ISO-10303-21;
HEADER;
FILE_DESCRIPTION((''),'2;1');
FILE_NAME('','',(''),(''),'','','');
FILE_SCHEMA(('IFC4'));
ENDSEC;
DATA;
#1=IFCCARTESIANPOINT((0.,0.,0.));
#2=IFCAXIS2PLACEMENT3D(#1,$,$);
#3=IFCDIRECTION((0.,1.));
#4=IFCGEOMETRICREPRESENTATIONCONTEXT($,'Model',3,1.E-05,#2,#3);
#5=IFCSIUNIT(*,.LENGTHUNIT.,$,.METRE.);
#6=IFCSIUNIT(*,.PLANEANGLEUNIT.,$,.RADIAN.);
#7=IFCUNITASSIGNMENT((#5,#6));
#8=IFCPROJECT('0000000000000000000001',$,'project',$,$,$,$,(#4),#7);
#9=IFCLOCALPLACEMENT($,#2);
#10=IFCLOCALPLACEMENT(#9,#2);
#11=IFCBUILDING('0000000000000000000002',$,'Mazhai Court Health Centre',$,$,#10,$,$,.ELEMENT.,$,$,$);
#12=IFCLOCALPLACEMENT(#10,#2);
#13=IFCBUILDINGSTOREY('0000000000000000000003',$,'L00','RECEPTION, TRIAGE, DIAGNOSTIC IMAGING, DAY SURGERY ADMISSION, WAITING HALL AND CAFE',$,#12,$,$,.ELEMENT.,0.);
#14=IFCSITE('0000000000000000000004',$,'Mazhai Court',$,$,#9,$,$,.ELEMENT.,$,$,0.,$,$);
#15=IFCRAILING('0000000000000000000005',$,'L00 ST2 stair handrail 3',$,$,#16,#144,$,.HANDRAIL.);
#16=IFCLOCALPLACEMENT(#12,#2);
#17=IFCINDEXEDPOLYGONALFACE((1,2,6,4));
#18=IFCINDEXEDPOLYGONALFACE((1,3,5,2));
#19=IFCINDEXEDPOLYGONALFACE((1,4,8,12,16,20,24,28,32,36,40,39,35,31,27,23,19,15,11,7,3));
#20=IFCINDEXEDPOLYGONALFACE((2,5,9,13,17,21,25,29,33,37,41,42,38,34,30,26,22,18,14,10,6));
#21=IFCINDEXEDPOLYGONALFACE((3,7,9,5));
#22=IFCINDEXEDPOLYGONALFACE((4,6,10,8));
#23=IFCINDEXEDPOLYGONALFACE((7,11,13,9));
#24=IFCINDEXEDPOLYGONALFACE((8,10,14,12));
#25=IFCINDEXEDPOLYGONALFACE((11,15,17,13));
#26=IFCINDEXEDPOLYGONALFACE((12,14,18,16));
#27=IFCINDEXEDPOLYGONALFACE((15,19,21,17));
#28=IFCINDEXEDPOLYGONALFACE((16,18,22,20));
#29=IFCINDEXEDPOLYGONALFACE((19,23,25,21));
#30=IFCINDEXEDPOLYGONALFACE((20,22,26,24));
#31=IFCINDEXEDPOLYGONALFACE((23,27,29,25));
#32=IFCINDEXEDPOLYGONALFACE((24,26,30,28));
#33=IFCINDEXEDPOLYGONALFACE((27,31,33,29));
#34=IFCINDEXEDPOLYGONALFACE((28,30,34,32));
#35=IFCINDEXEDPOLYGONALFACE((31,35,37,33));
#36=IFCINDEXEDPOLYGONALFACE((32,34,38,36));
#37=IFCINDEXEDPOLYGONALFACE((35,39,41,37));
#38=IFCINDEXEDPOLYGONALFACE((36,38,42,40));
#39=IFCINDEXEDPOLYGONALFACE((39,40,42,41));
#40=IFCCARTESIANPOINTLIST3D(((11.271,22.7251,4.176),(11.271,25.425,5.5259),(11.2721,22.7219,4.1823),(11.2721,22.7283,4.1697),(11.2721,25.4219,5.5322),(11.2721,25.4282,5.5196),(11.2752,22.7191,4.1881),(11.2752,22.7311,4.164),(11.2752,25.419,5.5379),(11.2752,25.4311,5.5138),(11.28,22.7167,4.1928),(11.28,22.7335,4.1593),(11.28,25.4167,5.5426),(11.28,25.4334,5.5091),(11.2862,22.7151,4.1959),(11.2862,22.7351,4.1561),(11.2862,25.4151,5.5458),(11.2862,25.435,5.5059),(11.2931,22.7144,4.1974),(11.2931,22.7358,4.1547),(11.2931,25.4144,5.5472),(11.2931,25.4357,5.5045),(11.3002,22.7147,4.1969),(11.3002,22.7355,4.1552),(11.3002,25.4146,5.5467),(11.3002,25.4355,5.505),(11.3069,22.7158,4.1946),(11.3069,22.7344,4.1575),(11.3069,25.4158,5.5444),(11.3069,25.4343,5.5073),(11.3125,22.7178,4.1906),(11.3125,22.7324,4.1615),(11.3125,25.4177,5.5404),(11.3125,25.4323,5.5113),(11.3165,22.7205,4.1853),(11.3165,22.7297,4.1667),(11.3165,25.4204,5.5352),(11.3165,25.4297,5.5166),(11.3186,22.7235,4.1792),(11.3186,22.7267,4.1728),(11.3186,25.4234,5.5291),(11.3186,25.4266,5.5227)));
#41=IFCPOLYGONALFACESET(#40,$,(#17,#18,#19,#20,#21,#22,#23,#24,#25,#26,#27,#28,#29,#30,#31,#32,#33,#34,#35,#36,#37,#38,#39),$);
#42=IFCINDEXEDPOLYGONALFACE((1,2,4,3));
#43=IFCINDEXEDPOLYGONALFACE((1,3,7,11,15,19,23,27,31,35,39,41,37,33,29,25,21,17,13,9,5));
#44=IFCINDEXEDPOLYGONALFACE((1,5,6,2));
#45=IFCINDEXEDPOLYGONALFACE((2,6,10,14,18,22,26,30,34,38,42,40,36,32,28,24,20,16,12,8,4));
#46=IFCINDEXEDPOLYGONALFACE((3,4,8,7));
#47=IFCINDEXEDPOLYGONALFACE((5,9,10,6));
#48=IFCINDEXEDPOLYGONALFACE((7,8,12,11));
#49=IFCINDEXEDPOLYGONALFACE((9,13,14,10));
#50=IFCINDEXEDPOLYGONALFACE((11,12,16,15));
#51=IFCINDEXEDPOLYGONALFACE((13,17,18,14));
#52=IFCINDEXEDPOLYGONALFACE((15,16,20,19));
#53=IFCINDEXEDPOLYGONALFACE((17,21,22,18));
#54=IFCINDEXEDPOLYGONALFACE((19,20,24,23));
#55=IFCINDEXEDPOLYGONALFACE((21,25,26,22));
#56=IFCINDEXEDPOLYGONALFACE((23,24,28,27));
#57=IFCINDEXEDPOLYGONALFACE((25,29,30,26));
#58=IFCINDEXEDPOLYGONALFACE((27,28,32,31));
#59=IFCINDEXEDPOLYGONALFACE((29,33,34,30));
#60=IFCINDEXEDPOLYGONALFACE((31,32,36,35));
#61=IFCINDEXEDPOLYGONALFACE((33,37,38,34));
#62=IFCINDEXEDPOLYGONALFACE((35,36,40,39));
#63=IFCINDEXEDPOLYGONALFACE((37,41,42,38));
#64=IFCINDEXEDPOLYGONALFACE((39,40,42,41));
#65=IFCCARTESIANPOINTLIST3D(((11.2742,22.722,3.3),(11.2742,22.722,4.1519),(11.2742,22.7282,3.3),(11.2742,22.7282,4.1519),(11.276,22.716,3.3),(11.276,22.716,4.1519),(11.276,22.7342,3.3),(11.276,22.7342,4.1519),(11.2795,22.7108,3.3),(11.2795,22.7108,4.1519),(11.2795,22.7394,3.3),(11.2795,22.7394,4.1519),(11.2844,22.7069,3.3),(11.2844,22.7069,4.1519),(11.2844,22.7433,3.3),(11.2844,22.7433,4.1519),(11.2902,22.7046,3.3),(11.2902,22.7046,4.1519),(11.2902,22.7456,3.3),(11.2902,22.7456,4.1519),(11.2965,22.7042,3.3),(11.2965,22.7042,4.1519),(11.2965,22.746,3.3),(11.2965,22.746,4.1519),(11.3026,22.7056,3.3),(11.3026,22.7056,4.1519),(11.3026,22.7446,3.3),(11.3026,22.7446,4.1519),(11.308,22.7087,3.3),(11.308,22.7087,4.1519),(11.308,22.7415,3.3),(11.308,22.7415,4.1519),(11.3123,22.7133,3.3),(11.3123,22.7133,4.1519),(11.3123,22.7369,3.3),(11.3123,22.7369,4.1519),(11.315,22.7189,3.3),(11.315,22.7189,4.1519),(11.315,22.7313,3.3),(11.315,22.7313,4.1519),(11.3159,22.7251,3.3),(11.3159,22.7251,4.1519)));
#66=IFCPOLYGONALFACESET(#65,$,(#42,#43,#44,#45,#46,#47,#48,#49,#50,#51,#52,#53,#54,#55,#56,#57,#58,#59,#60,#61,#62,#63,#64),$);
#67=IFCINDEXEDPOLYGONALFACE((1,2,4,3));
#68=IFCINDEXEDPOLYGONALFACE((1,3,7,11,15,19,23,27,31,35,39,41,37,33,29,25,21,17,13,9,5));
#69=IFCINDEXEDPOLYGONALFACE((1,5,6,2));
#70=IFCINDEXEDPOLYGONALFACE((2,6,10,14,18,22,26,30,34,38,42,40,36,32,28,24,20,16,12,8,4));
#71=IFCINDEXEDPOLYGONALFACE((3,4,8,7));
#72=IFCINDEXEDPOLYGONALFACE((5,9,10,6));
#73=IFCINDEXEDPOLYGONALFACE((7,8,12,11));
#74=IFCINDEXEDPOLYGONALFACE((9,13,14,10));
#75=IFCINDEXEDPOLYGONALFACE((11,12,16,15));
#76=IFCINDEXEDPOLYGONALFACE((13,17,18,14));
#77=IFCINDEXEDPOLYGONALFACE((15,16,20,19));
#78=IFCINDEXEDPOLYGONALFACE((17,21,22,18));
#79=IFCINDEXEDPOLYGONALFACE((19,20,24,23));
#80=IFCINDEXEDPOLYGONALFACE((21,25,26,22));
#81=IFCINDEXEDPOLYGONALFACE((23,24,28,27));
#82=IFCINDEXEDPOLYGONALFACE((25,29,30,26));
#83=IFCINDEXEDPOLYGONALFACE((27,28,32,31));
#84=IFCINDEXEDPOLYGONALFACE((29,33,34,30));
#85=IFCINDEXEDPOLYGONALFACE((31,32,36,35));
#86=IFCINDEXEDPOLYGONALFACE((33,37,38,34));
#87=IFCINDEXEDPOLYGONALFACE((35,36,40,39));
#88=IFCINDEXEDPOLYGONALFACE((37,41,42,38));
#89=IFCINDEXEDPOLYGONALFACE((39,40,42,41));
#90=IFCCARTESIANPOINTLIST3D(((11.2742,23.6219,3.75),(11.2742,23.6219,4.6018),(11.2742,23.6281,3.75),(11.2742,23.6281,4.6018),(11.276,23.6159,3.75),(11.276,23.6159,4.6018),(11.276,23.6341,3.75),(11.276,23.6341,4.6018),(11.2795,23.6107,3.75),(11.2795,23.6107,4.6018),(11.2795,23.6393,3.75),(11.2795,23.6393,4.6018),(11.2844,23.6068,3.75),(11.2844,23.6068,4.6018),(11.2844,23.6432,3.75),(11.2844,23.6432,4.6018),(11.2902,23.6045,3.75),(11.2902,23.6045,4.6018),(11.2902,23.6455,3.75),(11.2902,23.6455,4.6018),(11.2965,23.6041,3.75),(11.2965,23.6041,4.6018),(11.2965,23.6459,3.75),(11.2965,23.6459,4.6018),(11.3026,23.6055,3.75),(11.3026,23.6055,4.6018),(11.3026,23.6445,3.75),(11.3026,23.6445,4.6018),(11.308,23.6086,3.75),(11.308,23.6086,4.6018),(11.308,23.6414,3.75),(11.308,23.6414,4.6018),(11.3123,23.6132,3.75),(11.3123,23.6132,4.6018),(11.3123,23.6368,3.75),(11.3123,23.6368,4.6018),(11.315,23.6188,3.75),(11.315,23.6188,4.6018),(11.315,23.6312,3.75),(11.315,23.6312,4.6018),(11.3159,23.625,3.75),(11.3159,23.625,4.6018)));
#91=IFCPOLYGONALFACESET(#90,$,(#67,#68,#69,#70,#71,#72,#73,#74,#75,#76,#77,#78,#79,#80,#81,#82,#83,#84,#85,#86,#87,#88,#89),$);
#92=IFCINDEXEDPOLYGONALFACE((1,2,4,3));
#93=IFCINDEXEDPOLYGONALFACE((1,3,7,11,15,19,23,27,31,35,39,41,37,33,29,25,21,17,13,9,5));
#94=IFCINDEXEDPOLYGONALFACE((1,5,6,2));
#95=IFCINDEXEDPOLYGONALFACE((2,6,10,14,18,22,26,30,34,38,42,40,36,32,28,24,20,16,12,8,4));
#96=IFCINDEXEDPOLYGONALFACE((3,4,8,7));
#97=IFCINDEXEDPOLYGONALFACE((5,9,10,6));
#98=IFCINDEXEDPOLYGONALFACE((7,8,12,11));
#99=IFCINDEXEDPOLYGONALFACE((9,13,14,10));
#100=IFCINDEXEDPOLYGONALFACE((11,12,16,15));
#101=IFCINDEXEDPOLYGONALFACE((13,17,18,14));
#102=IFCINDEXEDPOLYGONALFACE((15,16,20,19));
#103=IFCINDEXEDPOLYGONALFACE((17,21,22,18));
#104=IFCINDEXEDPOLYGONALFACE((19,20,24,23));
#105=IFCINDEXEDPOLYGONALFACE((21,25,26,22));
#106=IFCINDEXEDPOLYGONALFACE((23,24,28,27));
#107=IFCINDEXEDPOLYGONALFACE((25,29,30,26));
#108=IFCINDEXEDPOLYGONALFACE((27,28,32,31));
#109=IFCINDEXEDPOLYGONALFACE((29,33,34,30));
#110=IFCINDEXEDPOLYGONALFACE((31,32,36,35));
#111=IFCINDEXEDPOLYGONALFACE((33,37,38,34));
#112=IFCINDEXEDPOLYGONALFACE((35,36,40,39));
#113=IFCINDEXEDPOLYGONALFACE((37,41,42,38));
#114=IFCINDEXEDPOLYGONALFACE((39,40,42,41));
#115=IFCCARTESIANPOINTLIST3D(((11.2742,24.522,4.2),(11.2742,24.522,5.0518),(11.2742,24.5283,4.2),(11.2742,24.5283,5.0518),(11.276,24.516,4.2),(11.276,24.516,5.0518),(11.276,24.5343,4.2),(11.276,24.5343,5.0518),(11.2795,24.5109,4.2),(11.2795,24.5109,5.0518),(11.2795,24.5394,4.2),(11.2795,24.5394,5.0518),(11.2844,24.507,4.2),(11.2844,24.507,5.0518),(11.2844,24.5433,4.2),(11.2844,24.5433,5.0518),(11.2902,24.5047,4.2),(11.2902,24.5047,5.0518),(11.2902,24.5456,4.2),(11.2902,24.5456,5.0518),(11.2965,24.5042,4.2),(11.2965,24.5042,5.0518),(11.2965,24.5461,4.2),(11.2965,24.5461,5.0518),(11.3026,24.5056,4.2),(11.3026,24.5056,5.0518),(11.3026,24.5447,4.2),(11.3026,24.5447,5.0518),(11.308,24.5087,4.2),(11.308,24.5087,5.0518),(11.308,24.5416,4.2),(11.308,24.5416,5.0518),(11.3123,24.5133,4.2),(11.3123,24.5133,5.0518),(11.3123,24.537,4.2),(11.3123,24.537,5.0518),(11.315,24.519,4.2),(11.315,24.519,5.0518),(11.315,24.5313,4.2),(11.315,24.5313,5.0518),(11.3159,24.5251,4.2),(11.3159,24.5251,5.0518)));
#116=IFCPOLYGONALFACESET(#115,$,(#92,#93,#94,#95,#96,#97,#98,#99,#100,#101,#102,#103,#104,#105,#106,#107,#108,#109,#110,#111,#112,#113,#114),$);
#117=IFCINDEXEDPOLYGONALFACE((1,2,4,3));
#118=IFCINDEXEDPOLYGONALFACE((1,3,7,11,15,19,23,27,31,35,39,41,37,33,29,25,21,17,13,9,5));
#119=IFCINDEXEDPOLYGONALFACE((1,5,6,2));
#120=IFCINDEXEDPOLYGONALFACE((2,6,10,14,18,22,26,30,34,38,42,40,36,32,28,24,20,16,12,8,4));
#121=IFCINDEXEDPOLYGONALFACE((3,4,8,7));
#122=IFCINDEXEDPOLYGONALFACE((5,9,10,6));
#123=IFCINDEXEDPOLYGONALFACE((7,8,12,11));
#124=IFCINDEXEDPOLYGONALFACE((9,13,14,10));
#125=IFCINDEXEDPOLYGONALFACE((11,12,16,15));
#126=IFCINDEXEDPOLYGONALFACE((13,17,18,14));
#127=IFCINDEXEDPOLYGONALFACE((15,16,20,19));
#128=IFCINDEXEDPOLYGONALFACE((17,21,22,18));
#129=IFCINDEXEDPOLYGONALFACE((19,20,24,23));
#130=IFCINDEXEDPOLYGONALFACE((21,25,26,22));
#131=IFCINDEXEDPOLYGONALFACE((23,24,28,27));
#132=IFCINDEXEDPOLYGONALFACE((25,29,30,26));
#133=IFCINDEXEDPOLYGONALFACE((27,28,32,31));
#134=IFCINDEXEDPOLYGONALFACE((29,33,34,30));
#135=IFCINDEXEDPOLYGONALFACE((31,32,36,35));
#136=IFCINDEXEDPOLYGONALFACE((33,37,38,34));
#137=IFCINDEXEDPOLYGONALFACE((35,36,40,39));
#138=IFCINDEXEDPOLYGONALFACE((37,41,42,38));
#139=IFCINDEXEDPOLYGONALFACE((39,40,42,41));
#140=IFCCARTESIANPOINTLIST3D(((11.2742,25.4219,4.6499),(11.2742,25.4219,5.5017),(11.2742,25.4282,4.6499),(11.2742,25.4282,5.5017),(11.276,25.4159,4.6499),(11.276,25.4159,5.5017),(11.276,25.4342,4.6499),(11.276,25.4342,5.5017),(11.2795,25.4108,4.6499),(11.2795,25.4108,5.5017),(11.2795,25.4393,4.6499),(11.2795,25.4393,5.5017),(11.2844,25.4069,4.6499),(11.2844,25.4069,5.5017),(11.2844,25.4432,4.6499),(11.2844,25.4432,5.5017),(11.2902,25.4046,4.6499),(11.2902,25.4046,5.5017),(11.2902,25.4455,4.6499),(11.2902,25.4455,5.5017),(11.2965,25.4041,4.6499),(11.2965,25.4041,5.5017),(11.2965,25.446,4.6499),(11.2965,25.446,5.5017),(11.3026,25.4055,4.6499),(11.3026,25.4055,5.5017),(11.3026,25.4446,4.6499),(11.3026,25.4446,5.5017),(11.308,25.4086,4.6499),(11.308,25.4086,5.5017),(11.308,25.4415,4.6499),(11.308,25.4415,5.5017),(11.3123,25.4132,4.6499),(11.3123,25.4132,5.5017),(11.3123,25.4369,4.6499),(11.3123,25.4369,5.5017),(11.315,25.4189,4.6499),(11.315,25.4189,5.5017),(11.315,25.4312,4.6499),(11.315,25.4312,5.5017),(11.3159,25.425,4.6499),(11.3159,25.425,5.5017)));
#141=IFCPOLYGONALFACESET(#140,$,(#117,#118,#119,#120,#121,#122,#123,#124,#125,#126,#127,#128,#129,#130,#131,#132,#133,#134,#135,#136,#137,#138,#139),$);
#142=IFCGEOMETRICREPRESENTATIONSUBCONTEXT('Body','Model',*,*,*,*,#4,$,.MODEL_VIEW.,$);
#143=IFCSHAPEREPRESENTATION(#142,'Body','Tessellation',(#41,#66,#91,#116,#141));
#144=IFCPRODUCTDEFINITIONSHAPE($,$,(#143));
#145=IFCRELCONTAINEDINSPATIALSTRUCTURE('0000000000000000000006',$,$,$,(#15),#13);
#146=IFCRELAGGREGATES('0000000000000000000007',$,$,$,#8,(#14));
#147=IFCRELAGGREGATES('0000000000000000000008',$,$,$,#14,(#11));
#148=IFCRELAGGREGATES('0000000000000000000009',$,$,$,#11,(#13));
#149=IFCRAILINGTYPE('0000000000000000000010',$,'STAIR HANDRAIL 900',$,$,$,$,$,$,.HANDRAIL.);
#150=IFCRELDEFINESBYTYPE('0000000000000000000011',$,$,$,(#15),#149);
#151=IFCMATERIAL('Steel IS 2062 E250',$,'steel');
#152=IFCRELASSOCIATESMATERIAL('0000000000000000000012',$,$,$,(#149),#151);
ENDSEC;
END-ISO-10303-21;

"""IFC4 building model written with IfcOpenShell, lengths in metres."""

from ifc_helpers import new_model, si_unit, direction, frame, origin, origin_2d, place, context, subcontext, project, spatial, circle, extrude, material, type_object, element, save


model = new_model("IFC4")

# Units and contexts
model_context = context("Model", 3, precision=1e-05, world=origin(), true_north=direction((0.0, 1.0)))
body_context = subcontext(model_context, "Body", "Model", "MODEL_VIEW")
ifc_project = project(units=[si_unit("LENGTHUNIT", "METRE"), si_unit("PLANEANGLEUNIT", "RADIAN")], contexts=[model_context])

# Site, building, storey
site_placement = place(None, origin())
site = spatial("IfcSite", under=ifc_project, at=site_placement, Name="Mazhai Court", CompositionType="ELEMENT", RefElevation=0.0)
building_placement = place(site_placement, origin())
building = spatial("IfcBuilding", under=site, at=building_placement, Name="Mazhai Court Health Centre", CompositionType="ELEMENT")
storey_placement = place(building_placement, origin())
storey = spatial("IfcBuildingStorey", under=building, at=storey_placement, Name="L00", Description="RECEPTION, TRIAGE, DIAGNOSTIC IMAGING, DAY SURGERY ADMISSION, WAITING HALL AND CAFE", CompositionType="ELEMENT", Elevation=0.0)

# Railing
ifc_material_1 = material(Name="Steel IS 2062 E250", Category="steel")
railing_type_1 = type_object("IfcRailingType", Name="STAIR HANDRAIL 900", PredefinedType="HANDRAIL", material=ifc_material_1)
railing_1_placement = place(storey_placement, frame((11.2949, 22.7251, 3.3)))
element("IfcRailing", 1, at=railing_1_placement, inside=storey, type_object=railing_type_1, Name="L00 ST2 stair handrail 3", PredefinedType="HANDRAIL", context=body_context, shape_type="SweptSolid", body=[
    extrude(circle(Radius=0.0239, at=origin_2d()), frame((0.0, 0.0, 0.876), z_axis=(0.0, 0.894443, 0.447181), x_axis=(-1.0, 0.0, 0.0)), (0.0, 0.0, 1.0), 3.0186),
    extrude(circle(Radius=0.021, at=origin_2d()), origin(), (0.0, 0.0, 1.0), 0.8518),
    extrude(circle(Radius=0.021, at=origin_2d()), frame((0.0, 0.8999, 0.45)), (0.0, 0.0, 1.0), 0.8518),
    extrude(circle(Radius=0.021, at=origin_2d()), frame((0.0, 1.8, 0.8999)), (0.0, 0.0, 1.0), 0.8518),
    extrude(circle(Radius=0.021, at=origin_2d()), frame((0.0, 2.7, 1.3499)), (0.0, 0.0, 1.0), 0.8518),
])

save(model, "model.ifc")
